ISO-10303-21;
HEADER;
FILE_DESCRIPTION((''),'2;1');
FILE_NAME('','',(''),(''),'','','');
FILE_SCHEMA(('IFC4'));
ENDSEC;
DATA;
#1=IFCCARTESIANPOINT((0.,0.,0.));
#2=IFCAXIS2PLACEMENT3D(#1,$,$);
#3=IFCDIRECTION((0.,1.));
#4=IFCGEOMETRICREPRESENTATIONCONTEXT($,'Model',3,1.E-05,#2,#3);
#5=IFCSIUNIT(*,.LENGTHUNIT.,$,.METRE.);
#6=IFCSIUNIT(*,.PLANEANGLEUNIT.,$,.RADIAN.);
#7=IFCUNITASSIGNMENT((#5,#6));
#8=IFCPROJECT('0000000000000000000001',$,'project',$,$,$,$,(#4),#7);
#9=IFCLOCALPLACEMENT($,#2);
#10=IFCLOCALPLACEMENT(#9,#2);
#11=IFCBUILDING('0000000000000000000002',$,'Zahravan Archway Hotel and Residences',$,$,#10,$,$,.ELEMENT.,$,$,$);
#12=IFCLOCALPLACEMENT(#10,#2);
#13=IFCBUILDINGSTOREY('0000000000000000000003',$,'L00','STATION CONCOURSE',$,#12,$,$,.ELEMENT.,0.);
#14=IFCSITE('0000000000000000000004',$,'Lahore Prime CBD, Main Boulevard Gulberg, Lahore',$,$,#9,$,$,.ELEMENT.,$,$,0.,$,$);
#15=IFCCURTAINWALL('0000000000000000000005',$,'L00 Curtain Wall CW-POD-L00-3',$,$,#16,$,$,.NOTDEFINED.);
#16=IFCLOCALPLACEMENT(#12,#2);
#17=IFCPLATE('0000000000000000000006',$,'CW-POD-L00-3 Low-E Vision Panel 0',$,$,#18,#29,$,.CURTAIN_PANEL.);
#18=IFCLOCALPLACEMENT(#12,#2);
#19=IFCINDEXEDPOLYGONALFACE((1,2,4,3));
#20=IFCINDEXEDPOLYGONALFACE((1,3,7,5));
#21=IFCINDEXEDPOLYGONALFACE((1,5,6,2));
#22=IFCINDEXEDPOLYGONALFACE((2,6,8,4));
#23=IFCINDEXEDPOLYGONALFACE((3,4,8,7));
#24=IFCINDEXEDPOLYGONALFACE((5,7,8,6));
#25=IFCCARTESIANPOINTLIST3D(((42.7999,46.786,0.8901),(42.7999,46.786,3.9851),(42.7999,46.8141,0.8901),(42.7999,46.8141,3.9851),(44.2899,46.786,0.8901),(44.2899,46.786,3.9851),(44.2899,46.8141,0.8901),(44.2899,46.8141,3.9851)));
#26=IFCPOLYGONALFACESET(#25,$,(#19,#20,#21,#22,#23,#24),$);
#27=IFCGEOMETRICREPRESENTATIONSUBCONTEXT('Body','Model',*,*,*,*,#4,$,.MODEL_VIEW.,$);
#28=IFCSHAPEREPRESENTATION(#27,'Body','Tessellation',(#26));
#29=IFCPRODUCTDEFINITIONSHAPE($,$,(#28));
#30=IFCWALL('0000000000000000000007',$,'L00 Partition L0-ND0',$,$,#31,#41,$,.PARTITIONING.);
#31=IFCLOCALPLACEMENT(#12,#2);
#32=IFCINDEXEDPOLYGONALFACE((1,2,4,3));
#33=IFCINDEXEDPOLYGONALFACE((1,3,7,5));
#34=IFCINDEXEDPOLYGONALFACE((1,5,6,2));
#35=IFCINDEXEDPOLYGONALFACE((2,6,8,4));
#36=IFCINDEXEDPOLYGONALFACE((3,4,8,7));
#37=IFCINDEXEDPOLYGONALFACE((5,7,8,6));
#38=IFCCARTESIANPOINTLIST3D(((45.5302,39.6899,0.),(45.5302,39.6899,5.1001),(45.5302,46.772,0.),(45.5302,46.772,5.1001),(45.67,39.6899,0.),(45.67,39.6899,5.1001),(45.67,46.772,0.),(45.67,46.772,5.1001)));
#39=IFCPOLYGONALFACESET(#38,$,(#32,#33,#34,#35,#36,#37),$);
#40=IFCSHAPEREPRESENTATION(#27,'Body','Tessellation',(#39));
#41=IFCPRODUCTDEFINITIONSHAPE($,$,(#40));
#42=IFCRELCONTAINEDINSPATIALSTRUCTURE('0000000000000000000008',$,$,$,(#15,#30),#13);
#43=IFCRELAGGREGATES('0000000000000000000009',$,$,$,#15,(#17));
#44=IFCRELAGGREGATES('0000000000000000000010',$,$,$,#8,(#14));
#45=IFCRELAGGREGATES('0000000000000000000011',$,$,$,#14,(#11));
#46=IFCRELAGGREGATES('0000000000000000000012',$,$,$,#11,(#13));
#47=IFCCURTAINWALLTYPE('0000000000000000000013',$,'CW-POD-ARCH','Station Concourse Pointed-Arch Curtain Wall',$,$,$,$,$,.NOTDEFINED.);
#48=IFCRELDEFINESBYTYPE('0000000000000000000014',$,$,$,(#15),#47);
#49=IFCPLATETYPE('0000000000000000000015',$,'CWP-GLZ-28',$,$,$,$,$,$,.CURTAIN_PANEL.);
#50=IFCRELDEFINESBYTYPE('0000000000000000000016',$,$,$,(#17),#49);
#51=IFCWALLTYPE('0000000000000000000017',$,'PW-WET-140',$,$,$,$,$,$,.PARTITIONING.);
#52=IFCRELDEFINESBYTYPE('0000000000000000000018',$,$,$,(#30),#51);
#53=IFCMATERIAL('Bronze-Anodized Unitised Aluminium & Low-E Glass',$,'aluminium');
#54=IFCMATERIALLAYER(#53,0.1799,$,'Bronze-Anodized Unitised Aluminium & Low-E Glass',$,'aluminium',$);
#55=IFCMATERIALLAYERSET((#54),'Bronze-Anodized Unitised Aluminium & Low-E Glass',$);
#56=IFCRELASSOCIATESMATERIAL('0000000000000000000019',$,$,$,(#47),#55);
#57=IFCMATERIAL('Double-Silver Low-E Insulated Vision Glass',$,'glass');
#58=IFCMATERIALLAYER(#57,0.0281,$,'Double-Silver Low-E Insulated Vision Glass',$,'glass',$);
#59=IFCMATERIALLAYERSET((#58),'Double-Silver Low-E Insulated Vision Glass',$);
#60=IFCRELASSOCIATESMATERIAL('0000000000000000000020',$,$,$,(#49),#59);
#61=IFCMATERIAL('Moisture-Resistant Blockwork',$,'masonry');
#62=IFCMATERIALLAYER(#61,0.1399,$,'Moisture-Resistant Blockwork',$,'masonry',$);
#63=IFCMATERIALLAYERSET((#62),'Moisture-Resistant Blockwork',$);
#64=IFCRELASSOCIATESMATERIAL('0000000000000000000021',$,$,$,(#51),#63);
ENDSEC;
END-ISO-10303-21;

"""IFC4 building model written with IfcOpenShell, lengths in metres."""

from ifc_helpers import new_model, si_unit, direction, frame, frame_2d, origin, origin_2d, place, context, subcontext, project, spatial, rectangle, extrude, source, transform, mapped, material, layer, layer_set, type_object, element, aggregate, save


model = new_model("IFC4")

# Units and contexts
model_context = context("Model", 3, precision=1e-05, world=origin(), true_north=direction((0.0, 1.0)))
body_context = subcontext(model_context, "Body", "Model", "MODEL_VIEW")
ifc_project = project(units=[si_unit("LENGTHUNIT", "METRE"), si_unit("PLANEANGLEUNIT", "RADIAN")], contexts=[model_context])

# Site, building, storey
site_placement = place(None, origin())
site = spatial("IfcSite", under=ifc_project, at=site_placement, Name="Lahore Prime CBD, Main Boulevard Gulberg, Lahore", CompositionType="ELEMENT", RefElevation=0.0)
building_placement = place(site_placement, origin())
building = spatial("IfcBuilding", under=site, at=building_placement, Name="Zahravan Archway Hotel and Residences", CompositionType="ELEMENT")
storey_placement = place(building_placement, origin())
storey = spatial("IfcBuildingStorey", under=building, at=storey_placement, Name="L00", Description="STATION CONCOURSE", CompositionType="ELEMENT", Elevation=0.0)

# Curtain wall
ifc_material_1 = material(Name="Bronze-Anodized Unitised Aluminium & Low-E Glass", Category="aluminium")
ifc_layer_1 = layer(ifc_material_1, 0.1799, Name="Bronze-Anodized Unitised Aluminium & Low-E Glass", Category="aluminium")
ifc_layer_set_1 = layer_set([ifc_layer_1], Name="Bronze-Anodized Unitised Aluminium & Low-E Glass")
curtain_wall_type = type_object("IfcCurtainWallType", Name="CW-POD-ARCH", Description="Station Concourse Pointed-Arch Curtain Wall", PredefinedType="NOTDEFINED", material=ifc_layer_set_1)
curtain_wall_1_placement = place(storey_placement, origin())
curtain_wall_1 = element("IfcCurtainWall", 1, at=curtain_wall_1_placement, inside=storey, type_object=curtain_wall_type, Name="L00 Curtain Wall CW-POD-L00-3", PredefinedType="NOTDEFINED")

# Plate
ifc_material_2 = material(Name="Double-Silver Low-E Insulated Vision Glass", Category="glass")
ifc_layer_2 = layer(ifc_material_2, 0.0281, Name="Double-Silver Low-E Insulated Vision Glass", Category="glass")
ifc_layer_set_2 = layer_set([ifc_layer_2], Name="Double-Silver Low-E Insulated Vision Glass")
plate_type_1 = type_object("IfcPlateType", Name="CWP-GLZ-28", PredefinedType="CURTAIN_PANEL", material=ifc_layer_set_2)
shared_shape_1 = source(origin(), body_context, "Body", "SweptSolid", [
    extrude(rectangle(XDim=1.49, YDim=0.0281, at=origin_2d()), origin(), (0.0, 0.0, 1.0), 3.095),
])
plate_1_placement = place(storey_placement, frame((43.5449, 46.8, 0.8901), z_axis=(0.0, 0.0, 1.0), x_axis=(1.0, 0.0, 0.0)))
plate_1 = element("IfcPlate", 2, at=plate_1_placement, type_object=plate_type_1, Name="CW-POD-L00-3 Low-E Vision Panel 0", PredefinedType="CURTAIN_PANEL", context=body_context, shape_type="MappedRepresentation", body=[
    mapped(shared_shape_1, transform((0.0, 0.0, 0.0), scale=1.0)),
])
aggregate(curtain_wall_1, [plate_1])

# Wall
ifc_material_3 = material(Name="Moisture-Resistant Blockwork", Category="masonry")
ifc_layer_3 = layer(ifc_material_3, 0.1399, Name="Moisture-Resistant Blockwork", Category="masonry")
ifc_layer_set_3 = layer_set([ifc_layer_3], Name="Moisture-Resistant Blockwork")
wall_type = type_object("IfcWallType", Name="PW-WET-140", PredefinedType="PARTITIONING", material=ifc_layer_set_3)
wall_placement = place(storey_placement, frame((45.6001, 39.6899, 0.0), z_axis=(0.0, 0.0, 1.0), x_axis=(0.0, 1.0, 0.0)))
element("IfcWall", 3, at=wall_placement, inside=storey, type_object=wall_type, Name="L00 Partition L0-ND0", PredefinedType="PARTITIONING", context=body_context, shape_type="SweptSolid", body=[
    extrude(rectangle(XDim=7.082, YDim=0.1399, at=frame_2d((3.541, 0.0))), origin(), (0.0, 0.0, 1.0), 5.1001),
])

save(model, "model.ifc")
